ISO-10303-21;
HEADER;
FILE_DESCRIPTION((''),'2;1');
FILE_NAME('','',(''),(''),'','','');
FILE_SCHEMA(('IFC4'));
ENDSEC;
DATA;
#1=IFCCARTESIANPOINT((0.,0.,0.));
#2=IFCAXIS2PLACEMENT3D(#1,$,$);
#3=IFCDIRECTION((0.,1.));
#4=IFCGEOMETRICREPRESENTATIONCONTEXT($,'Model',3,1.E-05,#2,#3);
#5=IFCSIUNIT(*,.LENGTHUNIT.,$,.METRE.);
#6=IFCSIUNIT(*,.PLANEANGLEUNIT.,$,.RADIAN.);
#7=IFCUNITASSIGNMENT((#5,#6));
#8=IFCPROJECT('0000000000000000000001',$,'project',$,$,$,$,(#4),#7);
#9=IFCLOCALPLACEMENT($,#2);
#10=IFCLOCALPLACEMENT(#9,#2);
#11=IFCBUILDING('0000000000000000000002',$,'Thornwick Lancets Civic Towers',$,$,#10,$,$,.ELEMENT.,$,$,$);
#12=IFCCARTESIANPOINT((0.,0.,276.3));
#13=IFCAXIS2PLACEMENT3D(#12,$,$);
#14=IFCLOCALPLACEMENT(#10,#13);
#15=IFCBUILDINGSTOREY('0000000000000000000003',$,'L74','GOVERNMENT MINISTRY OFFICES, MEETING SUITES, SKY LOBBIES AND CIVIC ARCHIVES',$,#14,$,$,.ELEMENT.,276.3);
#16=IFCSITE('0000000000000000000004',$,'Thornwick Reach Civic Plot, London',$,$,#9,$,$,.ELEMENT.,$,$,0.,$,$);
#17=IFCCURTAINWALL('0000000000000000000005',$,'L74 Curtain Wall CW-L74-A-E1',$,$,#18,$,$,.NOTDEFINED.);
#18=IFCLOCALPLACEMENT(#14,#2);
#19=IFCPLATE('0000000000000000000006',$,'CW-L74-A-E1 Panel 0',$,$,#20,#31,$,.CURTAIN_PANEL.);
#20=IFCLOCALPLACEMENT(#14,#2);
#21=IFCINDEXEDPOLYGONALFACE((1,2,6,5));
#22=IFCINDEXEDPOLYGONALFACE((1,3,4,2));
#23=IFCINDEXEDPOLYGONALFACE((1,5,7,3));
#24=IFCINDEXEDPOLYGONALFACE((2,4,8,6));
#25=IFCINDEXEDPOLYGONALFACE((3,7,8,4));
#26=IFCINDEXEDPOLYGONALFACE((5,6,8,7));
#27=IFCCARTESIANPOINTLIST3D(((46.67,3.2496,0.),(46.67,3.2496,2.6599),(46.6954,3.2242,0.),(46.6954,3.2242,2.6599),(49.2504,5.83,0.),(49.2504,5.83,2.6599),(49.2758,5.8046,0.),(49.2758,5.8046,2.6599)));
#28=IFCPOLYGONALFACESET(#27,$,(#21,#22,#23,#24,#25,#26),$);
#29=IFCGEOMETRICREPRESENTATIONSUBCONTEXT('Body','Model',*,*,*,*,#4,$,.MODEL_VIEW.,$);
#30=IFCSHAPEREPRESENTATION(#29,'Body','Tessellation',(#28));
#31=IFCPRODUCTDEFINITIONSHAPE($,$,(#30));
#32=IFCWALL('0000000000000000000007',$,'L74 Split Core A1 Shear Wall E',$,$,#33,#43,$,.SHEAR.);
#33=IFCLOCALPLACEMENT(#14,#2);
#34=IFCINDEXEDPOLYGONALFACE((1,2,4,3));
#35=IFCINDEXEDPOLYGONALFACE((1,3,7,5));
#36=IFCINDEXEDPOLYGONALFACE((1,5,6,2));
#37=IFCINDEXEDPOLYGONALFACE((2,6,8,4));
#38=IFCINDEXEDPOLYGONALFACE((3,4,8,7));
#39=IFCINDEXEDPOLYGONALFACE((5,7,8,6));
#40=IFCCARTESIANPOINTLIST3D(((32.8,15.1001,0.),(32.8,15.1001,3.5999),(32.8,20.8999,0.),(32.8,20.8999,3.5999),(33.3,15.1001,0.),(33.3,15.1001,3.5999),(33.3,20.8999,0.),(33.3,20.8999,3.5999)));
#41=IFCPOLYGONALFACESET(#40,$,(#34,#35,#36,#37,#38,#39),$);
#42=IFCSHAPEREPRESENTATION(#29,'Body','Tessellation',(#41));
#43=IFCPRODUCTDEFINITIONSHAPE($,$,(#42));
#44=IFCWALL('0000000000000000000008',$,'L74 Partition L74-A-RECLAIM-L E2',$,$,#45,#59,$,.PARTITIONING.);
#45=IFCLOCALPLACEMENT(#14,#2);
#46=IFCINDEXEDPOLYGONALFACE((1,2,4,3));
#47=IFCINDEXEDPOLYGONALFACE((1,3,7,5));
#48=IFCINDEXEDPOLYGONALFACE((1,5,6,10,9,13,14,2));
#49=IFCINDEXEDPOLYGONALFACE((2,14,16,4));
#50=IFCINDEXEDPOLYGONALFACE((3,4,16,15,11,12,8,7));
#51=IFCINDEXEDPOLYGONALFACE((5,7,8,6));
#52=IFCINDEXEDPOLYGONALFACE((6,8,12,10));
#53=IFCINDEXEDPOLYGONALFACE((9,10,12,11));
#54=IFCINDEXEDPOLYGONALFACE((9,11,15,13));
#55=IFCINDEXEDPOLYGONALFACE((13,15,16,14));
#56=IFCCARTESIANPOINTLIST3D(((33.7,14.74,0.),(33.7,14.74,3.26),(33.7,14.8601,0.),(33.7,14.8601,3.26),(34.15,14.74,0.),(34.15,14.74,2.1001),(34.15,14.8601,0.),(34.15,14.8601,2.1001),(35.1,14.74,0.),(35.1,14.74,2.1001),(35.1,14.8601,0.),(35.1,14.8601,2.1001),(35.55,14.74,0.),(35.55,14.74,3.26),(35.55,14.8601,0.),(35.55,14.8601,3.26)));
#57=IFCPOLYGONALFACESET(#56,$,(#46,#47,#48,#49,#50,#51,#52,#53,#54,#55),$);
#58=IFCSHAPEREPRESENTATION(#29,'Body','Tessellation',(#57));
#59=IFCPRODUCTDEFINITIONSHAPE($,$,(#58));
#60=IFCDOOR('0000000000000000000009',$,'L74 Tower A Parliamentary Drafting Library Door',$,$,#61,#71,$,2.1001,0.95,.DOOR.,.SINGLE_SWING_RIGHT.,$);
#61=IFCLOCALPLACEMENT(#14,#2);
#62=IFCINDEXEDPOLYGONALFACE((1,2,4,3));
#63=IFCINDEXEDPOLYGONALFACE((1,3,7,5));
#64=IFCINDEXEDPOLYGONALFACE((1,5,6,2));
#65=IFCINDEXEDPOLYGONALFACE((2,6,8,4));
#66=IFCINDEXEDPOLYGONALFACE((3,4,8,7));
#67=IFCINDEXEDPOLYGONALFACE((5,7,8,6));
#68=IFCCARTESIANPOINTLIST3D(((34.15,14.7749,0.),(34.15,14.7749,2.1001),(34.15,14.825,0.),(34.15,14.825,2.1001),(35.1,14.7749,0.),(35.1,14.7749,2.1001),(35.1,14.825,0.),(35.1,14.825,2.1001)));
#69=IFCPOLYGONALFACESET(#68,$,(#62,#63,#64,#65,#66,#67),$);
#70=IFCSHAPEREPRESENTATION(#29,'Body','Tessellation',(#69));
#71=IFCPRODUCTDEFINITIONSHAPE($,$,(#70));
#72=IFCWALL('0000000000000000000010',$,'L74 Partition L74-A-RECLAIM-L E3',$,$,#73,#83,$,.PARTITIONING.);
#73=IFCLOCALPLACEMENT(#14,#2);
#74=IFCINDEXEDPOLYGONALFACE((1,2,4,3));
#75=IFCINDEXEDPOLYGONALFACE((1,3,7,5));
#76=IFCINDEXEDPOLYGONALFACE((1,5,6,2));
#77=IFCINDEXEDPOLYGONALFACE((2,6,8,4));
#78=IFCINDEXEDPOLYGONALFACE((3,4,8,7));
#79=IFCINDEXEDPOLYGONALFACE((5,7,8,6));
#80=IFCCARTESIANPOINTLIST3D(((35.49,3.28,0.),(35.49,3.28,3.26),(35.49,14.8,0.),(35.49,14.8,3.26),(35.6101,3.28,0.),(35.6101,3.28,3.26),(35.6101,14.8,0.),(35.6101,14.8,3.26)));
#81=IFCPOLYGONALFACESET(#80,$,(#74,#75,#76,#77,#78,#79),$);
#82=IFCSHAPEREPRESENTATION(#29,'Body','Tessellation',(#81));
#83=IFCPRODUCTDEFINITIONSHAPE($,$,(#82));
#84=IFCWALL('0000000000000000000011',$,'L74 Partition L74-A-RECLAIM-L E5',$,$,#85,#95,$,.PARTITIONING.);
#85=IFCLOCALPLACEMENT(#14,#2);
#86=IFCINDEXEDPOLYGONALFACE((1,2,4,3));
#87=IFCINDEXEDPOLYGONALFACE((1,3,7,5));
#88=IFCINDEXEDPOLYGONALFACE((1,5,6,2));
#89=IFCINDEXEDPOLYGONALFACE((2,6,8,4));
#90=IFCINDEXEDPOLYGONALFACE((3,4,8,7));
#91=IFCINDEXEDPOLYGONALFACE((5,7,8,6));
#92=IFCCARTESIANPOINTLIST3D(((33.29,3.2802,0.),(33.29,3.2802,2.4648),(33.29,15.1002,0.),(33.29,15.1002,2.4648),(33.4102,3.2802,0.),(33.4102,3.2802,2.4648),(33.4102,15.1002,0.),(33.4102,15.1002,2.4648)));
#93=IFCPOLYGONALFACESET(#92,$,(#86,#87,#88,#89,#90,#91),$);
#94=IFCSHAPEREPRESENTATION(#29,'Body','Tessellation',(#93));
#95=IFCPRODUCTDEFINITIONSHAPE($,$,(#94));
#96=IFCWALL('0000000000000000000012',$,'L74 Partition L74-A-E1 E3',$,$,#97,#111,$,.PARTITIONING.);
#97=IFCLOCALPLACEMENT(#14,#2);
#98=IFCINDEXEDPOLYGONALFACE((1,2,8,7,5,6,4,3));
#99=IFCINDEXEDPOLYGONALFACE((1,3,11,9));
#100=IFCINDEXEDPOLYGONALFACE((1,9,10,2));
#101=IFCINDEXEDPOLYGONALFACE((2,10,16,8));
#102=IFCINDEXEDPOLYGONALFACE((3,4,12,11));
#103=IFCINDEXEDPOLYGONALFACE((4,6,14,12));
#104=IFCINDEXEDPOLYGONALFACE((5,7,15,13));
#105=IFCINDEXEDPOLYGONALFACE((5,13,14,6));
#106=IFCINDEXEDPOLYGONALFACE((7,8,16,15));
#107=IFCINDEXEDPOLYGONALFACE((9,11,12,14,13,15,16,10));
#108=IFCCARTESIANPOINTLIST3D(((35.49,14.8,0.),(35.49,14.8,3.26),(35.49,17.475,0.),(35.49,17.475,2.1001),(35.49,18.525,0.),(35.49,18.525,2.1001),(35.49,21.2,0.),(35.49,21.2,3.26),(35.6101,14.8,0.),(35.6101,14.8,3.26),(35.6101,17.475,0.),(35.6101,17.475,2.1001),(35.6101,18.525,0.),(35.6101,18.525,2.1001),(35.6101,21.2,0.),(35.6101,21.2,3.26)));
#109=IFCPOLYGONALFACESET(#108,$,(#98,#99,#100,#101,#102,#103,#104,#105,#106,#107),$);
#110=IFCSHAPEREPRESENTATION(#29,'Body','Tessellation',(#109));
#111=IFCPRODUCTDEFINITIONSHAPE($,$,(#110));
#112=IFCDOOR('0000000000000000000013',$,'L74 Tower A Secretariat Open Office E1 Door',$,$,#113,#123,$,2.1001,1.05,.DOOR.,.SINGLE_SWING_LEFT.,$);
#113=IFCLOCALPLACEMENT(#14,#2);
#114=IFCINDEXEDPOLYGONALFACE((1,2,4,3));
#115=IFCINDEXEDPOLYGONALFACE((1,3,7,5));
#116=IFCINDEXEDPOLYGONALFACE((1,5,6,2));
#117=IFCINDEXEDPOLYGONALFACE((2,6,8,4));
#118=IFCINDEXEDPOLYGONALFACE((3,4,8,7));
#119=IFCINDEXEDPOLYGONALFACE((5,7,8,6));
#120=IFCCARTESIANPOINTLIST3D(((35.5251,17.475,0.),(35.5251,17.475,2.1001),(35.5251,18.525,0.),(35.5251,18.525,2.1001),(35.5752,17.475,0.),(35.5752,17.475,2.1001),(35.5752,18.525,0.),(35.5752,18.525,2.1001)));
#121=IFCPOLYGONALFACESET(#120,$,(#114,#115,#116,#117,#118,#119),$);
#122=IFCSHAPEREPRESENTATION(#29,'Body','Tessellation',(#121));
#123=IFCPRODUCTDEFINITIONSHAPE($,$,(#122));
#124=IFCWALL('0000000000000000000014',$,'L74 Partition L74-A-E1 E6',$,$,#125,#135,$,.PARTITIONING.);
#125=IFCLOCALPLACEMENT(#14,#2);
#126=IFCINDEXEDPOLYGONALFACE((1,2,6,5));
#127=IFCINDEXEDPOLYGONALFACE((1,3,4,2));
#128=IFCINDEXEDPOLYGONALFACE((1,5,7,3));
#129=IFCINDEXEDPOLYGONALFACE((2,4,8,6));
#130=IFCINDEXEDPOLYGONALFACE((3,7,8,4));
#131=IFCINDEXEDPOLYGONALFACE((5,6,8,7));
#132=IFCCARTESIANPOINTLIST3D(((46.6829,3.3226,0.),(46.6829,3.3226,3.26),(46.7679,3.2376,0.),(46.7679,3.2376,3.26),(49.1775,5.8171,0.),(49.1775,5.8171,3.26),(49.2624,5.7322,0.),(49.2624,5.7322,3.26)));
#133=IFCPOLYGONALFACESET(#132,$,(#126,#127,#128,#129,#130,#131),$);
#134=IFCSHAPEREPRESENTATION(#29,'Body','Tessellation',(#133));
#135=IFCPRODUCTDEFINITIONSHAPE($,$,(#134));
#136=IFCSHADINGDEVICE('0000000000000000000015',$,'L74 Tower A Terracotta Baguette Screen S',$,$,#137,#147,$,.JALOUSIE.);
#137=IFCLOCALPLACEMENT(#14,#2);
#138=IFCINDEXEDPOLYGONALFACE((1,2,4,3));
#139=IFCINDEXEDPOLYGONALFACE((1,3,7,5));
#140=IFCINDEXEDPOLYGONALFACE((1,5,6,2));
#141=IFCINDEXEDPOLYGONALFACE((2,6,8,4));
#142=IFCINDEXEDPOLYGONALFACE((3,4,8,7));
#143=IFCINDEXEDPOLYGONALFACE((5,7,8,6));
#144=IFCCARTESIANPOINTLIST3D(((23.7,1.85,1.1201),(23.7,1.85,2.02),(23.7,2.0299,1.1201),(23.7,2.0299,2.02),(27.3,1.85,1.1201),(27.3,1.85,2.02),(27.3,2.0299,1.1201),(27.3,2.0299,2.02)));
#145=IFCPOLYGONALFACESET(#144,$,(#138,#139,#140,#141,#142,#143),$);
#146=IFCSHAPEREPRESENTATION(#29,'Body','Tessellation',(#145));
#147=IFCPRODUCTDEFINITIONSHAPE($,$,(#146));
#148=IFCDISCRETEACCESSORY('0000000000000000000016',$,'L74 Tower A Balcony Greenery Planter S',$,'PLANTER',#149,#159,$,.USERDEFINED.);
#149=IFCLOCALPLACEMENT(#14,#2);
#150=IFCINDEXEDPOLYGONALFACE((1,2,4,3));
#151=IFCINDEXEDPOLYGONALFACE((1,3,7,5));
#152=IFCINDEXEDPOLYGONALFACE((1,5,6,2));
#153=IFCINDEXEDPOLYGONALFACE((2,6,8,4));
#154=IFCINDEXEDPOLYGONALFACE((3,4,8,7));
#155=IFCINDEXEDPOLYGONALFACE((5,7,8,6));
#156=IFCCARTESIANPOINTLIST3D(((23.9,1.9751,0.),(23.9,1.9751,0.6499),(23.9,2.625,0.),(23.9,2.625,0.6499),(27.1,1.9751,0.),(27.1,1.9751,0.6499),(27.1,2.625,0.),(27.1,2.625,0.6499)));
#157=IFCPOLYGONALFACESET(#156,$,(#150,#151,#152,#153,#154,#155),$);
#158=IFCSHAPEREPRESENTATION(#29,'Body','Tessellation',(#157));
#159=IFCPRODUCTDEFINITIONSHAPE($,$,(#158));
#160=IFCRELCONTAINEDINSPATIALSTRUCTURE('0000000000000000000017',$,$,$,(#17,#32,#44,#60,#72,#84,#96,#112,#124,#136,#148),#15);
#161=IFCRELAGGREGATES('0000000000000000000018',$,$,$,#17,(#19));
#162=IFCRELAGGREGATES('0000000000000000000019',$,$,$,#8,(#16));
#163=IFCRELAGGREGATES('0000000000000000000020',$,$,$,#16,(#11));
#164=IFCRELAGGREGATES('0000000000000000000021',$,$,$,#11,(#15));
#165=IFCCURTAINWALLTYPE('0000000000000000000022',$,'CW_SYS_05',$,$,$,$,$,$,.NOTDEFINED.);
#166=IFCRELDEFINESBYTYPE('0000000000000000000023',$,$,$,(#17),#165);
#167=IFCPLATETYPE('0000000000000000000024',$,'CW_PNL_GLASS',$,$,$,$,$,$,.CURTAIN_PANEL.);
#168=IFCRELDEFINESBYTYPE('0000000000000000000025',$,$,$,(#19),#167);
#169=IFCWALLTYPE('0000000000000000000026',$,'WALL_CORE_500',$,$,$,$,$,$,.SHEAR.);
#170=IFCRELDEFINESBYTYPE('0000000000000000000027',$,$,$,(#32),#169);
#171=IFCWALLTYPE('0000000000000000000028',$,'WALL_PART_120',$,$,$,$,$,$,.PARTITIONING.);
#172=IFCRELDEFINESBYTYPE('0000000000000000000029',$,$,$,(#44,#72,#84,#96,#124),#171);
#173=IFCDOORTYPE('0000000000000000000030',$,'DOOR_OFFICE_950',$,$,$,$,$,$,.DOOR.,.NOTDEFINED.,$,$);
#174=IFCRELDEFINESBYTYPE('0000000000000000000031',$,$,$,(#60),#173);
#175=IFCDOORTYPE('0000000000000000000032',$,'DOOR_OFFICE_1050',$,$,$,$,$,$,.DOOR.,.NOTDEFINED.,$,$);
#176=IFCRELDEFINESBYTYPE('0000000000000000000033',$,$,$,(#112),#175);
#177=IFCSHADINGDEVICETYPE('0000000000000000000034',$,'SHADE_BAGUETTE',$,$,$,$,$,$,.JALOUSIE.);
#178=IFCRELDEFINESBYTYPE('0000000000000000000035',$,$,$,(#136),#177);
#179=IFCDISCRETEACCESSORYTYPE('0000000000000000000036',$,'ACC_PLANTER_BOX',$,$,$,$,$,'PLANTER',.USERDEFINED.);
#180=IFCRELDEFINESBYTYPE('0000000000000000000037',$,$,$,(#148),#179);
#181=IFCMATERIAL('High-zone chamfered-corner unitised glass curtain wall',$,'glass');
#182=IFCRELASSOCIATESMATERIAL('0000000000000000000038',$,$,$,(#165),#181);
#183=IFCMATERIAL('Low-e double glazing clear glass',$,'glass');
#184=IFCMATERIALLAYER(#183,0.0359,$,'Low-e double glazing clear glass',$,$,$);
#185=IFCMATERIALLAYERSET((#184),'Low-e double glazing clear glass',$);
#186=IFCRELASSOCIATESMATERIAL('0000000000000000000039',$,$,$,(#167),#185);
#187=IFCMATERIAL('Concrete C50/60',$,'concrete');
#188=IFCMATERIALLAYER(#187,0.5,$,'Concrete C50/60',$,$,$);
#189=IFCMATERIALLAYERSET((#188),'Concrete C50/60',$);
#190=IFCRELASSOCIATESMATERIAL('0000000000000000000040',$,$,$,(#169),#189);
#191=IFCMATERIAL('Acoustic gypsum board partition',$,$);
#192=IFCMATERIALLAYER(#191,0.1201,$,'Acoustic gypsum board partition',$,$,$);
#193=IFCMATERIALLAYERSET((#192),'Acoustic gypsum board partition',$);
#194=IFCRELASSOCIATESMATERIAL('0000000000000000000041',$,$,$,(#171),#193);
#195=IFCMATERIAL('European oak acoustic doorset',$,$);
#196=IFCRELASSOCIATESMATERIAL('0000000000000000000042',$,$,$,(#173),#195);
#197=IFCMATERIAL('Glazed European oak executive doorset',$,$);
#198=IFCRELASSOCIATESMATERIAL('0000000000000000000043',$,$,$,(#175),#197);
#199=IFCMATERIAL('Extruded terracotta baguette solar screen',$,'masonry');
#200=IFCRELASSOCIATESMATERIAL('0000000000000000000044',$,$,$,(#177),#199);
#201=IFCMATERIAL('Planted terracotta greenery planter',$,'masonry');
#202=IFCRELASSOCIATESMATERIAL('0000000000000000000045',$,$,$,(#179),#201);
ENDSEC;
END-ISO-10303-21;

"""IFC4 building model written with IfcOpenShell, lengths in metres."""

from ifc_helpers import new_model, si_unit, direction, frame, frame_2d, origin, origin_2d, place, context, subcontext, project, spatial, rectangle, extrude, material, layer, layer_set, type_object, element, fill, aggregate, save


model = new_model("IFC4")

# Units and contexts
model_context = context("Model", 3, precision=1e-05, world=origin(), true_north=direction((0.0, 1.0)))
body_context = subcontext(model_context, "Body", "Model", "MODEL_VIEW")
ifc_project = project(units=[si_unit("LENGTHUNIT", "METRE"), si_unit("PLANEANGLEUNIT", "RADIAN")], contexts=[model_context])

# Site, building, storey
site_placement = place(None, origin())
site = spatial("IfcSite", under=ifc_project, at=site_placement, Name="Thornwick Reach Civic Plot, London", CompositionType="ELEMENT", RefElevation=0.0)
building_placement = place(site_placement, origin())
building = spatial("IfcBuilding", under=site, at=building_placement, Name="Thornwick Lancets Civic Towers", CompositionType="ELEMENT")
storey_placement = place(building_placement, frame((0.0, 0.0, 276.3)))
storey = spatial("IfcBuildingStorey", under=building, at=storey_placement, Name="L74", Description="GOVERNMENT MINISTRY OFFICES, MEETING SUITES, SKY LOBBIES AND CIVIC ARCHIVES", CompositionType="ELEMENT", Elevation=276.3)

# Shared definitions
ifc_material_1 = material(Name="Concrete C50/60", Category="concrete")

# Curtain wall, plate
ifc_material_2 = material(Name="High-zone chamfered-corner unitised glass curtain wall", Category="glass")
curtain_wall_type = type_object("IfcCurtainWallType", Name="CW_SYS_05", PredefinedType="NOTDEFINED", material=ifc_material_2)
curtain_wall_placement = place(storey_placement, origin())
curtain_wall = element("IfcCurtainWall", 1, at=curtain_wall_placement, inside=storey, type_object=curtain_wall_type, Name="L74 Curtain Wall CW-L74-A-E1", PredefinedType="NOTDEFINED")
ifc_material_3 = material(Name="Low-e double glazing clear glass", Category="glass")
ifc_layer_1 = layer(ifc_material_3, 0.0359, Name="Low-e double glazing clear glass")
ifc_layer_set_1 = layer_set([ifc_layer_1], Name="Low-e double glazing clear glass")
plate_type = type_object("IfcPlateType", Name="CW_PNL_GLASS", PredefinedType="CURTAIN_PANEL", material=ifc_layer_set_1)
plate_placement = place(storey_placement, frame((47.9729, 4.5271, 0.0), z_axis=(0.0, 0.0, 1.0), x_axis=(0.707107, 0.707107, 0.0)))
plate = element("IfcPlate", 2, at=plate_placement, type_object=plate_type, Name="CW-L74-A-E1 Panel 0", PredefinedType="CURTAIN_PANEL", context=body_context, shape_type="SweptSolid", body=[
    extrude(rectangle(XDim=3.6492, YDim=0.0359, at=origin_2d()), origin(), (0.0, 0.0, 1.0), 2.6599),
])
aggregate(curtain_wall, [plate])

# Wall
ifc_layer_2 = layer(ifc_material_1, 0.5, Name="Concrete C50/60")
ifc_layer_set_2 = layer_set([ifc_layer_2], Name="Concrete C50/60")
wall_type_1 = type_object("IfcWallType", Name="WALL_CORE_500", PredefinedType="SHEAR", material=ifc_layer_set_2)
wall_1_placement = place(storey_placement, frame((33.05, 15.1001, 0.0), z_axis=(0.0, 0.0, 1.0), x_axis=(0.0, 1.0, 0.0)))
element("IfcWall", 3, at=wall_1_placement, inside=storey, type_object=wall_type_1, Name="L74 Split Core A1 Shear Wall E", PredefinedType="SHEAR", context=body_context, shape_type="SweptSolid", body=[
    extrude(rectangle(XDim=5.7998, YDim=0.5, at=frame_2d((2.8999, 0.0))), origin(), (0.0, 0.0, 1.0), 3.5999),
])

# Wall, opening, door
ifc_material_4 = material(Name="Acoustic gypsum board partition")
ifc_layer_3 = layer(ifc_material_4, 0.1201, Name="Acoustic gypsum board partition")
ifc_layer_set_3 = layer_set([ifc_layer_3], Name="Acoustic gypsum board partition")
wall_type_2 = type_object("IfcWallType", Name="WALL_PART_120", PredefinedType="PARTITIONING", material=ifc_layer_set_3)
wall_2_placement = place(storey_placement, frame((33.7, 14.8, 0.0), z_axis=(0.0, 0.0, 1.0), x_axis=(1.0, 0.0, 0.0)))
wall_2 = element("IfcWall", 4, at=wall_2_placement, inside=storey, type_object=wall_type_2, Name="L74 Partition L74-A-RECLAIM-L E2", PredefinedType="PARTITIONING", context=body_context, shape_type="SweptSolid", body=[
    extrude(rectangle(XDim=1.8501, YDim=0.1201, at=frame_2d((0.925, 0.0))), origin(), (0.0, 0.0, 1.0), 3.26),
])
opening_1_placement = place(wall_2_placement, frame((0.45, 0.0, 0.0)))
opening_1 = element("IfcOpeningElement", 5, at=opening_1_placement, cuts=wall_2, PredefinedType="OPENING", context=body_context, shape_type="SweptSolid", body=[
    extrude(rectangle(XDim=0.95, YDim=2.1001, at=frame_2d((0.4751, 1.05))), frame((0.0, 0.0701, 0.0), z_axis=(0.0, -1.0, 0.0), x_axis=(1.0, 0.0, 0.0)), (0.0, 0.0, 1.0), 0.1401),
])
ifc_material_5 = material(Name="European oak acoustic doorset")
door_type_1 = type_object("IfcDoorType", Name="DOOR_OFFICE_950", OperationType="NOTDEFINED", PredefinedType="DOOR", material=ifc_material_5)
door_1_placement = place(opening_1_placement, origin())
door_1 = element("IfcDoor", 6, at=door_1_placement, inside=storey, type_object=door_type_1, Name="L74 Tower A Parliamentary Drafting Library Door", OperationType="SINGLE_SWING_RIGHT", OverallHeight=2.1001, OverallWidth=0.95, PredefinedType="DOOR", context=body_context, shape_type="SweptSolid", body=[
    extrude(rectangle(XDim=0.95, YDim=2.1001, at=frame_2d((0.4751, 1.05))), frame((0.0, 0.0249, 0.0), z_axis=(0.0, -1.0, 0.0), x_axis=(1.0, 0.0, 0.0)), (0.0, 0.0, 1.0), 0.05),
])
fill(opening_1, door_1)

# Walls
wall_3_placement = place(storey_placement, frame((35.55, 14.8, 0.0), z_axis=(0.0, 0.0, 1.0), x_axis=(0.0, -1.0, 0.0)))
element("IfcWall", 7, at=wall_3_placement, inside=storey, type_object=wall_type_2, Name="L74 Partition L74-A-RECLAIM-L E3", PredefinedType="PARTITIONING", context=body_context, shape_type="SweptSolid", body=[
    extrude(rectangle(XDim=11.52, YDim=0.1201, at=frame_2d((5.76, 0.0))), origin(), (0.0, 0.0, 1.0), 3.26),
])
wall_4_placement = place(storey_placement, frame((33.3501, 3.28, 0.0), z_axis=(0.0, 0.0, 1.0), x_axis=(0.0, 1.0, 0.0)))
element("IfcWall", 8, at=wall_4_placement, inside=storey, type_object=wall_type_2, Name="L74 Partition L74-A-RECLAIM-L E5", PredefinedType="PARTITIONING", context=body_context, shape_type="SweptSolid", body=[
    extrude(rectangle(XDim=11.8201, YDim=0.1201, at=frame_2d((5.9102, 0.0))), origin(), (0.0, 0.0, 1.0), 2.4648),
])

# Wall, opening, door
wall_5_placement = place(storey_placement, frame((35.55, 14.8, 0.0), z_axis=(0.0, 0.0, 1.0), x_axis=(0.0, 1.0, 0.0)))
wall_5 = element("IfcWall", 9, at=wall_5_placement, inside=storey, type_object=wall_type_2, Name="L74 Partition L74-A-E1 E3", PredefinedType="PARTITIONING", context=body_context, shape_type="SweptSolid", body=[
    extrude(rectangle(XDim=6.3999, YDim=0.1201, at=frame_2d((3.2, 0.0))), origin(), (0.0, 0.0, 1.0), 3.26),
])
opening_2_placement = place(wall_5_placement, frame((2.675, 0.0, 0.0)))
opening_2 = element("IfcOpeningElement", 10, at=opening_2_placement, cuts=wall_5, PredefinedType="OPENING", context=body_context, shape_type="SweptSolid", body=[
    extrude(rectangle(XDim=1.05, YDim=2.1001, at=frame_2d((0.5249, 1.05))), frame((0.0, 0.0701, 0.0), z_axis=(0.0, -1.0, 0.0), x_axis=(1.0, 0.0, 0.0)), (0.0, 0.0, 1.0), 0.1401),
])
ifc_material_6 = material(Name="Glazed European oak executive doorset")
door_type_2 = type_object("IfcDoorType", Name="DOOR_OFFICE_1050", OperationType="NOTDEFINED", PredefinedType="DOOR", material=ifc_material_6)
door_2_placement = place(opening_2_placement, origin())
door_2 = element("IfcDoor", 11, at=door_2_placement, inside=storey, type_object=door_type_2, Name="L74 Tower A Secretariat Open Office E1 Door", OperationType="SINGLE_SWING_LEFT", OverallHeight=2.1001, OverallWidth=1.05, PredefinedType="DOOR", context=body_context, shape_type="SweptSolid", body=[
    extrude(rectangle(XDim=1.05, YDim=2.1001, at=frame_2d((0.5249, 1.05))), frame((0.0, 0.0249, 0.0), z_axis=(0.0, -1.0, 0.0), x_axis=(1.0, 0.0, 0.0)), (0.0, 0.0, 1.0), 0.05),
])
fill(opening_2, door_2)

# Wall
wall_6_placement = place(storey_placement, frame((49.22, 5.7747, 0.0), z_axis=(0.0, 0.0, 1.0), x_axis=(-0.707107, -0.707107, 0.0)))
element("IfcWall", 12, at=wall_6_placement, inside=storey, type_object=wall_type_2, Name="L74 Partition L74-A-E1 E6", PredefinedType="PARTITIONING", context=body_context, shape_type="SweptSolid", body=[
    extrude(rectangle(XDim=3.5278, YDim=0.1201, at=frame_2d((1.7639, 0.0))), origin(), (0.0, 0.0, 1.0), 3.26),
])

# Shading device
ifc_material_7 = material(Name="Extruded terracotta baguette solar screen", Category="masonry")
shading_device_type = type_object("IfcShadingDeviceType", Name="SHADE_BAGUETTE", PredefinedType="JALOUSIE", material=ifc_material_7)
shading_device_placement = place(storey_placement, frame((25.5, 1.9399, 1.1201), z_axis=(0.0, 0.0, 1.0), x_axis=(1.0, 0.0, 0.0)))
element("IfcShadingDevice", 13, at=shading_device_placement, inside=storey, type_object=shading_device_type, Name="L74 Tower A Terracotta Baguette Screen S", PredefinedType="JALOUSIE", context=body_context, shape_type="SweptSolid", body=[
    extrude(rectangle(XDim=3.6001, YDim=0.1799, at=origin_2d()), origin(), (0.0, 0.0, 1.0), 0.8999),
])

# Discrete accessory
ifc_material_8 = material(Name="Planted terracotta greenery planter", Category="masonry")
discrete_accessory_type = type_object("IfcDiscreteAccessoryType", Name="ACC_PLANTER_BOX", ElementType="PLANTER", PredefinedType="USERDEFINED", material=ifc_material_8)
discrete_accessory_placement = place(storey_placement, frame((25.5, 2.3, 0.0), z_axis=(0.0, 0.0, 1.0), x_axis=(1.0, 0.0, 0.0)))
element("IfcDiscreteAccessory", 14, at=discrete_accessory_placement, inside=storey, type_object=discrete_accessory_type, Name="L74 Tower A Balcony Greenery Planter S", ObjectType="PLANTER", PredefinedType="USERDEFINED", context=body_context, shape_type="SweptSolid", body=[
    extrude(rectangle(XDim=3.2, YDim=0.6499, at=origin_2d()), origin(), (0.0, 0.0, 1.0), 0.6499),
])

save(model, "model.ifc")
